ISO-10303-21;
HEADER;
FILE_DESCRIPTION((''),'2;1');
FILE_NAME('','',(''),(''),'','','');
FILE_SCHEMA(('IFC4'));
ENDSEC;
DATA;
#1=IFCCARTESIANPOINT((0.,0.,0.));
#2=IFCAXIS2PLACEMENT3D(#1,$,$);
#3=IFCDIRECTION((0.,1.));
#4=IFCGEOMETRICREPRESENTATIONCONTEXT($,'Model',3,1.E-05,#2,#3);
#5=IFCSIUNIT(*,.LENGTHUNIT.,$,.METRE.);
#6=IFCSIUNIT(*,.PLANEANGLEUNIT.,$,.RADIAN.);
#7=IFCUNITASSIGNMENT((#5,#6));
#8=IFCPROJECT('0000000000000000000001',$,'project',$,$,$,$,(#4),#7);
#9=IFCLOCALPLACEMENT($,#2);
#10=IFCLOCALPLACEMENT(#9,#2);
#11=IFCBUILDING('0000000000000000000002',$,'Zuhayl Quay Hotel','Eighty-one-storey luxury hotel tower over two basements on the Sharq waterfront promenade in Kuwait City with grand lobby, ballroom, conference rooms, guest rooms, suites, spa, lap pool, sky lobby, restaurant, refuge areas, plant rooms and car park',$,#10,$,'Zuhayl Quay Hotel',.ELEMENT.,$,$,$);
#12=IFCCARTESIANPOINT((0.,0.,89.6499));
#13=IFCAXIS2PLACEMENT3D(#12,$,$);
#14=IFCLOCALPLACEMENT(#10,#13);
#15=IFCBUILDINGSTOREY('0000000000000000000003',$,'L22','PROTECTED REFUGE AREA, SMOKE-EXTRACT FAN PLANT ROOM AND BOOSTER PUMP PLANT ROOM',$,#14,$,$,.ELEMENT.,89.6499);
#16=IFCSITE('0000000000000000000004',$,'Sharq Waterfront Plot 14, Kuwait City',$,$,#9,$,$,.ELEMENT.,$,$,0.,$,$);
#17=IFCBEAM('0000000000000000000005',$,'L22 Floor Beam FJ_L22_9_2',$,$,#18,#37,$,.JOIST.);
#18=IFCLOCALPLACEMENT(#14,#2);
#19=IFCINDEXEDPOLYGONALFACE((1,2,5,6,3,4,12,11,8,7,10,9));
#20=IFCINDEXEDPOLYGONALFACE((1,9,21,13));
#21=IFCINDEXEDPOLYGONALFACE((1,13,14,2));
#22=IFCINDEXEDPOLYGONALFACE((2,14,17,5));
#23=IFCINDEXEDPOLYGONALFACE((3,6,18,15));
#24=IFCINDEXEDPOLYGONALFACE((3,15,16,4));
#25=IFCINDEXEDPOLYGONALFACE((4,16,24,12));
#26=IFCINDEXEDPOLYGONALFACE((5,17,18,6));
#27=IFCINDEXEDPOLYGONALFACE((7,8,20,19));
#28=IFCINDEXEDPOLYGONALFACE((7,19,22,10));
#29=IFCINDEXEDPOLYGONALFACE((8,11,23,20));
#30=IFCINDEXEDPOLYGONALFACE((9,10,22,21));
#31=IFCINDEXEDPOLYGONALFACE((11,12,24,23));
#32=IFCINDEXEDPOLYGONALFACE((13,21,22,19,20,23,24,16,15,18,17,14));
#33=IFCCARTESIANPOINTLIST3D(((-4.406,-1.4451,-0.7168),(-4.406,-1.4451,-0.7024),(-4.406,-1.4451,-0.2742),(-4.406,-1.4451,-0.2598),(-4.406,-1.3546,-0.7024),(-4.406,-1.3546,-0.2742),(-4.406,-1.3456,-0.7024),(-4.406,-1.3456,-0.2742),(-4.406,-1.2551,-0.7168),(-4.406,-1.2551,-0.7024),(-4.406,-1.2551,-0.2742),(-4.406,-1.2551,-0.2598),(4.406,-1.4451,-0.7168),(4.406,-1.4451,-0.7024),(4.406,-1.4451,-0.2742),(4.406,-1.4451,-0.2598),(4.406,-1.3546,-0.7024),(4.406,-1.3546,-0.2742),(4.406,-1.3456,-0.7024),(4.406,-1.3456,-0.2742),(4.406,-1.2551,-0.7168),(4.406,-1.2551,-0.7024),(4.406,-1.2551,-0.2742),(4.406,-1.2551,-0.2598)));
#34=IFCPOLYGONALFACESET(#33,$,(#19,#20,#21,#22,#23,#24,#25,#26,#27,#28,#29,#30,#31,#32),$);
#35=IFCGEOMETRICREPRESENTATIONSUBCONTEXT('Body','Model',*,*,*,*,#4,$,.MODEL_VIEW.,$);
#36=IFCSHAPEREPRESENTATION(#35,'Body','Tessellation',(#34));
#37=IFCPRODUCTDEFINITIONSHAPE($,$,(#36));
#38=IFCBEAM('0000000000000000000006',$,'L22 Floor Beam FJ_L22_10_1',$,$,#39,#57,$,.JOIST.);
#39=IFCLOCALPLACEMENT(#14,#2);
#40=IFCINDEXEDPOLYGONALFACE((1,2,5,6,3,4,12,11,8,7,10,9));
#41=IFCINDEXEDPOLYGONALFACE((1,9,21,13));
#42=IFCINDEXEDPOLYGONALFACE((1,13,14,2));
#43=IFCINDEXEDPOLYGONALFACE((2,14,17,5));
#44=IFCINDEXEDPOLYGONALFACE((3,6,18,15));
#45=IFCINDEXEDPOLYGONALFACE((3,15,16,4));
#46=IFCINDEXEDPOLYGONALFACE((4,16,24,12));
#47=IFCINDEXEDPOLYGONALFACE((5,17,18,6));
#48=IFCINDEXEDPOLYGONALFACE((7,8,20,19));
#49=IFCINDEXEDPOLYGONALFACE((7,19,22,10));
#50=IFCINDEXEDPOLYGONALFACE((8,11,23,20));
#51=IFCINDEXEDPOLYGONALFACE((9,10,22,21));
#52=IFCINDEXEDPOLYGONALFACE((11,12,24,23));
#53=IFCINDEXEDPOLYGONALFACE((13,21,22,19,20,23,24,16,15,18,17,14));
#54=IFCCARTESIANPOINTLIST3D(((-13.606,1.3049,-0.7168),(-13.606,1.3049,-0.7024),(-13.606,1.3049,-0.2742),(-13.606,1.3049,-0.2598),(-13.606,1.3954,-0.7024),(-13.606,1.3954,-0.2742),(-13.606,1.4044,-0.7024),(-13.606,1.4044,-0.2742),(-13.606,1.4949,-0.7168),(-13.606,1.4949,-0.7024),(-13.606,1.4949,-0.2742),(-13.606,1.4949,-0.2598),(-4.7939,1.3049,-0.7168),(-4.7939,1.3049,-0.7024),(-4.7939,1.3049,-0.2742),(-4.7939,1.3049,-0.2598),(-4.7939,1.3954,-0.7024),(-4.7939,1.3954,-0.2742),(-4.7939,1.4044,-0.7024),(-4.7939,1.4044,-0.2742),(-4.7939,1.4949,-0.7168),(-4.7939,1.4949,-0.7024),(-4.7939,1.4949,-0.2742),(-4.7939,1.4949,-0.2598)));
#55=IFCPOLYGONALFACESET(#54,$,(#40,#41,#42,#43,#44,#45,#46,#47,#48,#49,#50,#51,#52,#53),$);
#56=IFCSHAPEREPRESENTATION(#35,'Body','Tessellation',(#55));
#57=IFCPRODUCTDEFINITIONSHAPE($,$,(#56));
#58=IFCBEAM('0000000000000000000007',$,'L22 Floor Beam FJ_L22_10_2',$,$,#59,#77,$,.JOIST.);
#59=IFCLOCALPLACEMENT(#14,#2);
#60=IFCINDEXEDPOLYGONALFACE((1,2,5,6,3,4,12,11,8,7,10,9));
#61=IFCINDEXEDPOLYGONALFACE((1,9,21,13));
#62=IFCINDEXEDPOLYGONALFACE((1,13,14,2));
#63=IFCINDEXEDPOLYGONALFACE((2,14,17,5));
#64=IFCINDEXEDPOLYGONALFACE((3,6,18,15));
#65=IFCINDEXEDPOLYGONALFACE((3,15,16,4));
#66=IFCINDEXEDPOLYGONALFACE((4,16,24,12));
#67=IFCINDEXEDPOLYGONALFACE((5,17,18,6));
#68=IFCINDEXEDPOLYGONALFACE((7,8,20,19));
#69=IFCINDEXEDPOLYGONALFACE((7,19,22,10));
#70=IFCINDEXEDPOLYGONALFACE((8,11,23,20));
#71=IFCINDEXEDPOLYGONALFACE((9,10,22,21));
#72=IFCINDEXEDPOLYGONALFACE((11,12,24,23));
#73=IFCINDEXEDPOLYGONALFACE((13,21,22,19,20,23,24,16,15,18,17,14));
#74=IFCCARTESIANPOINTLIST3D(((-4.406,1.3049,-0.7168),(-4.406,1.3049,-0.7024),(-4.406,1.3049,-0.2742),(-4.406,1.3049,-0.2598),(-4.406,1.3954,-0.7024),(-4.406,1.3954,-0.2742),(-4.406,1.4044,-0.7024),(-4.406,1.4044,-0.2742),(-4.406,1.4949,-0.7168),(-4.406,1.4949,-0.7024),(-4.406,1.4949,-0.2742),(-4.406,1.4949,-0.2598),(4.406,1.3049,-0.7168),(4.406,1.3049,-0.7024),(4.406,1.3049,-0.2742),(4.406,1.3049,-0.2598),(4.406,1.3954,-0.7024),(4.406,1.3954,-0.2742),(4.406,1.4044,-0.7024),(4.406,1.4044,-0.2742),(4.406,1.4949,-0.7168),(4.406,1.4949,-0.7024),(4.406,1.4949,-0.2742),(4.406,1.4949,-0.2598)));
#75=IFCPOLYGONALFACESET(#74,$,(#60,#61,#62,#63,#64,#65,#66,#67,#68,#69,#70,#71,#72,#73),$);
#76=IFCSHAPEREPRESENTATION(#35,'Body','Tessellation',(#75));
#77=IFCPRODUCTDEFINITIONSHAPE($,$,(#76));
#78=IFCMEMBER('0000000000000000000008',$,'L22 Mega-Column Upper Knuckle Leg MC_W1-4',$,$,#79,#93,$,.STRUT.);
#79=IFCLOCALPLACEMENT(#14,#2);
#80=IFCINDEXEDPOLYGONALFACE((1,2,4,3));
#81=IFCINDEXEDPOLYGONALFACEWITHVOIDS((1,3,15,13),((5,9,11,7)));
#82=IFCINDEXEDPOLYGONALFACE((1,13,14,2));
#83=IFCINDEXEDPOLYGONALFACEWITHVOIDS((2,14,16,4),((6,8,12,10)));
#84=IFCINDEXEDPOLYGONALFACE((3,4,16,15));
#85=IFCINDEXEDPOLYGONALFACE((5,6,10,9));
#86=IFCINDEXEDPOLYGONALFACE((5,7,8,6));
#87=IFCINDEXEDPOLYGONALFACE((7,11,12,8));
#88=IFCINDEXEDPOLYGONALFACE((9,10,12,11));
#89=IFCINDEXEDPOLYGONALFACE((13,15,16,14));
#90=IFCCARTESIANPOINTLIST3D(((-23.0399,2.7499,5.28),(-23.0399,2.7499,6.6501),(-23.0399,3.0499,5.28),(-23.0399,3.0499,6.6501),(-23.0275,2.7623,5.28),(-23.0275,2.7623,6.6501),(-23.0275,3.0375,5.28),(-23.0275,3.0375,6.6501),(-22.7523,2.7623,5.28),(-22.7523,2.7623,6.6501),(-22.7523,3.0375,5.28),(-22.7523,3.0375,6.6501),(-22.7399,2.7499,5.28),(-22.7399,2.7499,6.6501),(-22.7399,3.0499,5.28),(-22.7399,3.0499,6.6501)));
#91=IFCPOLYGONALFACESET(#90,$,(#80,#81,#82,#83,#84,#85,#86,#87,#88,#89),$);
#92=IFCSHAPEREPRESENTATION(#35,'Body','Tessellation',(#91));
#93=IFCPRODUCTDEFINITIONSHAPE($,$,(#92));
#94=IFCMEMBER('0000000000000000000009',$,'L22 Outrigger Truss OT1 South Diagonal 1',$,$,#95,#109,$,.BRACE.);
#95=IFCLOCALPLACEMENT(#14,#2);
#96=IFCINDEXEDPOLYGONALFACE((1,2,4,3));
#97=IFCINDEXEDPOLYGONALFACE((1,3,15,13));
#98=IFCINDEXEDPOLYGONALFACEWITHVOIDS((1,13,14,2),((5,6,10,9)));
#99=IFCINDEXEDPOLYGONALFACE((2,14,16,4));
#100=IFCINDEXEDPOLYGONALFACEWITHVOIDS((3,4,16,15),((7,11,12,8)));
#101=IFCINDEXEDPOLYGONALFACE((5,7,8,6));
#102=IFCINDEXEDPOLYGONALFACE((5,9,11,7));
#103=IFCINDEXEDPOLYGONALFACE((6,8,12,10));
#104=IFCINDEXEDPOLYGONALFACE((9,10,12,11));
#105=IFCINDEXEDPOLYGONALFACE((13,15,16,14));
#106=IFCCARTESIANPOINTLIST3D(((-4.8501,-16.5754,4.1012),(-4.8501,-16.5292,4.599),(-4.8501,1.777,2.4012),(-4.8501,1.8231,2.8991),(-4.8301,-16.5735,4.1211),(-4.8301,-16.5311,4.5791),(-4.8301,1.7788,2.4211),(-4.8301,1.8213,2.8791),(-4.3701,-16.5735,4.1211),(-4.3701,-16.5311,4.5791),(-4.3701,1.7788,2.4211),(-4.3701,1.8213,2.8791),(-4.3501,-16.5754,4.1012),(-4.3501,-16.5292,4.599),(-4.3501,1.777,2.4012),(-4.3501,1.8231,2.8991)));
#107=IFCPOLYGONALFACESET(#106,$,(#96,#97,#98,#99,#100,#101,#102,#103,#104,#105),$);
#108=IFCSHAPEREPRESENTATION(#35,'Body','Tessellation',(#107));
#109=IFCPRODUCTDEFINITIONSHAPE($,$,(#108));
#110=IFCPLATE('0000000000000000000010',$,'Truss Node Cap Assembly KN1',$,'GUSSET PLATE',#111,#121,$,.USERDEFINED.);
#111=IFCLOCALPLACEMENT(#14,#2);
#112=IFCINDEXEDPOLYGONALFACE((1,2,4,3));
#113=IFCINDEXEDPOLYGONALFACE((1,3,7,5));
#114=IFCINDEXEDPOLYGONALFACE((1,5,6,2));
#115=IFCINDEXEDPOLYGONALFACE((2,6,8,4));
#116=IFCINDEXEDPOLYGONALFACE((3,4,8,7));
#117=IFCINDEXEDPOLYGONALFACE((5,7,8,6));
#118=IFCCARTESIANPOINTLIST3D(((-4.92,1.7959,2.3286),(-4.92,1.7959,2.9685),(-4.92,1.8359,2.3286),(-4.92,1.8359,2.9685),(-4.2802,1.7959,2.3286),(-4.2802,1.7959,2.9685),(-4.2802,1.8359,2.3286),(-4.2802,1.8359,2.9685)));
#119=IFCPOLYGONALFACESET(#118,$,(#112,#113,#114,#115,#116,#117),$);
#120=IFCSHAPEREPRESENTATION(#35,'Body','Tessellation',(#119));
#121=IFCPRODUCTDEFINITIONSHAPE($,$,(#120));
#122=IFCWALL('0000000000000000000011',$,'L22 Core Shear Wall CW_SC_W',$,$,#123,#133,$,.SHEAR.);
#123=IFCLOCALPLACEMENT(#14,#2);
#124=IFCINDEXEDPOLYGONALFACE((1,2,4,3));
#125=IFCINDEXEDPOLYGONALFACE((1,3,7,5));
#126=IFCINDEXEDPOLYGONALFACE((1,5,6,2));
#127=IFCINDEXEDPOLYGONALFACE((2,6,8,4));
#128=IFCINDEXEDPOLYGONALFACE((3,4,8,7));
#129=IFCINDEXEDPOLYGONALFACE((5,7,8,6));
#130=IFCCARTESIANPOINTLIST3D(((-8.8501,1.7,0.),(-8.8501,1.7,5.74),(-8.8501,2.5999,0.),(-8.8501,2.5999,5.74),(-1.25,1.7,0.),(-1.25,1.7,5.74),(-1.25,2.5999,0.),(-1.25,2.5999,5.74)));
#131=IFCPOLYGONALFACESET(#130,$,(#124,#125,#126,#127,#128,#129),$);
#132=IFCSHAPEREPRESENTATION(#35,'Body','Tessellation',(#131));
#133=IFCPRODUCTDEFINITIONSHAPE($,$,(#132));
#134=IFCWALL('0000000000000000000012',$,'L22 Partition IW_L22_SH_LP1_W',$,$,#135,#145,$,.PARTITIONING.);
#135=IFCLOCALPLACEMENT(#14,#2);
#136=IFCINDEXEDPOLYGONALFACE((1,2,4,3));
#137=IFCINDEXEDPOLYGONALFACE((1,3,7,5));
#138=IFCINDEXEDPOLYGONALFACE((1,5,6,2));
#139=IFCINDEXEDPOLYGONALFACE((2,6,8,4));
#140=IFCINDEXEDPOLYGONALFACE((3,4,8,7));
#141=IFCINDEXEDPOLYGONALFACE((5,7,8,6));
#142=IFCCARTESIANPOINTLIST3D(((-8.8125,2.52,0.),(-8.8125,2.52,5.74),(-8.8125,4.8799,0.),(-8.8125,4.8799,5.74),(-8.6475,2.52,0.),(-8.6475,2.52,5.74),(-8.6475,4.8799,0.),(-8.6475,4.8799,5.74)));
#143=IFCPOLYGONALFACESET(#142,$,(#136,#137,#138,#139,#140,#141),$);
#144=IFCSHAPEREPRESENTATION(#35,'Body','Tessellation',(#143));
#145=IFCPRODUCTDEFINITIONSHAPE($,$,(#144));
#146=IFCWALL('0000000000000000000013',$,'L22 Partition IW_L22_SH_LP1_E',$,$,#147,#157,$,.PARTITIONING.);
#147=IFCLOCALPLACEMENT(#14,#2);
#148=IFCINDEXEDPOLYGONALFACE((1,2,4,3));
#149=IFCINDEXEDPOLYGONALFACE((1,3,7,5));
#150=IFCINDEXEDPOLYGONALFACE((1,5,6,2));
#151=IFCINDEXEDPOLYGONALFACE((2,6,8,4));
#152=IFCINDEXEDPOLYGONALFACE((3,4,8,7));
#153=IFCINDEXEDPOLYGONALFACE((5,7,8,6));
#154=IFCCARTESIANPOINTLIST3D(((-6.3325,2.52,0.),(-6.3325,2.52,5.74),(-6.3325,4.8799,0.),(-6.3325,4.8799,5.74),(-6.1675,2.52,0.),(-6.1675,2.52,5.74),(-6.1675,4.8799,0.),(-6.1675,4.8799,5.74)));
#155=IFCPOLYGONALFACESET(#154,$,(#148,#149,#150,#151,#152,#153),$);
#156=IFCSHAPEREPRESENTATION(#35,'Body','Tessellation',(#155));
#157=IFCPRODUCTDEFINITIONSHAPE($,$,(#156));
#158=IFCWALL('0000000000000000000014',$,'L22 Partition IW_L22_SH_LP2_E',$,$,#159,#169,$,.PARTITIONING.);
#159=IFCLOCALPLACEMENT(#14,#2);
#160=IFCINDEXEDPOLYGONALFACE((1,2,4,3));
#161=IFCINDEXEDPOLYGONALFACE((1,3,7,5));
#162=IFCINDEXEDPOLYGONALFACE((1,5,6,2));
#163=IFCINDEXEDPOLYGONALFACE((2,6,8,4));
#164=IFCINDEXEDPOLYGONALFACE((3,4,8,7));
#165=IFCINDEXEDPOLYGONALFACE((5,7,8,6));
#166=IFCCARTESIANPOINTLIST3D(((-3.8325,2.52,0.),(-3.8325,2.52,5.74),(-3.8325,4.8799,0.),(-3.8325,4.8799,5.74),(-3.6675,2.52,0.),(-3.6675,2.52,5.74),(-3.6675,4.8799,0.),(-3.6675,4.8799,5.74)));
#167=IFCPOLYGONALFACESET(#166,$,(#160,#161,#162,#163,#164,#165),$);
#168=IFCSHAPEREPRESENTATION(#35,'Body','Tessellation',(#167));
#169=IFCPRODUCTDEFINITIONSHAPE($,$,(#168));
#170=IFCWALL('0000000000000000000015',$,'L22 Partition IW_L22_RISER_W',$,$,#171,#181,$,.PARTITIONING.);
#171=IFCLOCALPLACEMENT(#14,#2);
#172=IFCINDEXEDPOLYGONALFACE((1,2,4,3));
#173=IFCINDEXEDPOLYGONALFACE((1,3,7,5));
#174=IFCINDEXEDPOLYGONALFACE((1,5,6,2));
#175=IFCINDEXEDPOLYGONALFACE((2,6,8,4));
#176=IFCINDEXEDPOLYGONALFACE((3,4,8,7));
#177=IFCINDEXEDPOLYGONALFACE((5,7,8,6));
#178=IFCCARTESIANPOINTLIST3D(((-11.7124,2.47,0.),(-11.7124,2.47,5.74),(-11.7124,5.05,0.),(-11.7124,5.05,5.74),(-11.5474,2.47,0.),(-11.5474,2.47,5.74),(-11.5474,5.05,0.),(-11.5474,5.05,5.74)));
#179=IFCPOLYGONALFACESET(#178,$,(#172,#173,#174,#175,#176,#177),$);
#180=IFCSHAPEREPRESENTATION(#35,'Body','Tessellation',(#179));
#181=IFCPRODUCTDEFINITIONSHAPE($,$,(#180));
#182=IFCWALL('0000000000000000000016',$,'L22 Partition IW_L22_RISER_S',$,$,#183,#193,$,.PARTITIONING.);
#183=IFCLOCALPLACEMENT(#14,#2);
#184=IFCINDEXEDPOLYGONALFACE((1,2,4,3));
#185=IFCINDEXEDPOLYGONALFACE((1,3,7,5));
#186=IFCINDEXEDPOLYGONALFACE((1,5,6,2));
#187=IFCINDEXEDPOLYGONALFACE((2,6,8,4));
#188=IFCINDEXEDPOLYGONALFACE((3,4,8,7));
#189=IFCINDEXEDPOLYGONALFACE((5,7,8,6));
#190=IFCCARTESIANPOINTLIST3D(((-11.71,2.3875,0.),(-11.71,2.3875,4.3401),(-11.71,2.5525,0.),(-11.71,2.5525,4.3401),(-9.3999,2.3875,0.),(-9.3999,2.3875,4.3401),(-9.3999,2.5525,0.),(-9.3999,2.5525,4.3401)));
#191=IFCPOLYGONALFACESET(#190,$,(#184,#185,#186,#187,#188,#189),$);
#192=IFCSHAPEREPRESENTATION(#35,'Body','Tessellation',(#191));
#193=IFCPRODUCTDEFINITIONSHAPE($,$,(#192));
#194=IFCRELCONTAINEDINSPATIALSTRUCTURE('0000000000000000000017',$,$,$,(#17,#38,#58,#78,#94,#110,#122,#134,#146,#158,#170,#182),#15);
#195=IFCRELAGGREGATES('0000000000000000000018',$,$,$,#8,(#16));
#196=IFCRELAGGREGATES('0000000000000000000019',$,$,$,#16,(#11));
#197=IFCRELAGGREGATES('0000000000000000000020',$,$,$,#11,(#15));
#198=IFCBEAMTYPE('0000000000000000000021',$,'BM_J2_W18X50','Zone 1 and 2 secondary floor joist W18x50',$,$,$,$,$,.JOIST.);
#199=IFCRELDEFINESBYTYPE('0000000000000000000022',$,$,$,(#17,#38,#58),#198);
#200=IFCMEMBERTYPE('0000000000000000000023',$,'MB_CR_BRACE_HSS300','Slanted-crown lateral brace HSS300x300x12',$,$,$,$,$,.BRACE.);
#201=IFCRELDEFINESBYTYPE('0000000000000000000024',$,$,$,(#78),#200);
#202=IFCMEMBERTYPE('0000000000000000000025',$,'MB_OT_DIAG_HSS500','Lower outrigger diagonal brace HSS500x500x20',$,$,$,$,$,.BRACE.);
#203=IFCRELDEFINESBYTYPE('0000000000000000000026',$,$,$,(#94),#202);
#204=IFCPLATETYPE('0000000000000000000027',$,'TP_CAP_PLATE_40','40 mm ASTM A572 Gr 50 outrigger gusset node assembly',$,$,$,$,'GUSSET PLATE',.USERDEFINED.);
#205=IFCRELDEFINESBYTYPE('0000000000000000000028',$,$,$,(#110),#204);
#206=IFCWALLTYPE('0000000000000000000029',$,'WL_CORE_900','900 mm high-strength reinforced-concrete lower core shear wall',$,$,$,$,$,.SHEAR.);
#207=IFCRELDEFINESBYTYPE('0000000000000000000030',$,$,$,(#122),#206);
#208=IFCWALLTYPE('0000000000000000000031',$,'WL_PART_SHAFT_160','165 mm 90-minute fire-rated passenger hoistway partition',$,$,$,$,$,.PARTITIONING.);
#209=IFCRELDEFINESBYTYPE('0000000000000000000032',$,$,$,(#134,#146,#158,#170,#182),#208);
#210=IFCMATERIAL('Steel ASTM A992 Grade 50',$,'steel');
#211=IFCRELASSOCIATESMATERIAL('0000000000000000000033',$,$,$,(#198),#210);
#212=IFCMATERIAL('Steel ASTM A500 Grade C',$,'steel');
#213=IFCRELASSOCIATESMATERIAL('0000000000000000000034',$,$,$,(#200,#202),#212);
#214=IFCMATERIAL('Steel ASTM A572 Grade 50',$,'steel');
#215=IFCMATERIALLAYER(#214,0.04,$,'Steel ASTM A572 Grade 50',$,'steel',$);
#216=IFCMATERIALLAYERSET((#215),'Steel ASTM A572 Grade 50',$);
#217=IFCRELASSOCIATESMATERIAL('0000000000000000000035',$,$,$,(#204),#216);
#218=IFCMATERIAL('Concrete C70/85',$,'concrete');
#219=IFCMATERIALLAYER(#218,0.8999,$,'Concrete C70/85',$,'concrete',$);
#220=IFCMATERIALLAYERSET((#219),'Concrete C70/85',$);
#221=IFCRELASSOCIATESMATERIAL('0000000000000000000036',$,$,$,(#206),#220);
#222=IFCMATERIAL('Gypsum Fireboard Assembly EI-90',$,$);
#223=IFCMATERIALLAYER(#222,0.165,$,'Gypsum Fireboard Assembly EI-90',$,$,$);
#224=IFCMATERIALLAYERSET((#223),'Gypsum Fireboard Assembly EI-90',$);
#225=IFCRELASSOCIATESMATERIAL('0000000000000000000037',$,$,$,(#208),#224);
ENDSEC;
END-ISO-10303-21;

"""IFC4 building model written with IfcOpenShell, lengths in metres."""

from ifc_helpers import new_model, si_unit, direction, frame, frame_2d, origin, origin_2d, place, context, subcontext, project, spatial, rectangle, hollow_rectangle, i_section, extrude, material, layer, layer_set, material_profile, profile_set, type_object, element, save


model = new_model("IFC4")

# Units and contexts
model_context = context("Model", 3, precision=1e-05, world=origin(), true_north=direction((0.0, 1.0)))
body_context = subcontext(model_context, "Body", "Model", "MODEL_VIEW")
ifc_project = project(units=[si_unit("LENGTHUNIT", "METRE"), si_unit("PLANEANGLEUNIT", "RADIAN")], contexts=[model_context])

# Site, building, storey
site_placement = place(None, origin())
site = spatial("IfcSite", under=ifc_project, at=site_placement, Name="Sharq Waterfront Plot 14, Kuwait City", CompositionType="ELEMENT", RefElevation=0.0)
building_placement = place(site_placement, origin())
building = spatial("IfcBuilding", under=site, at=building_placement, Name="Zuhayl Quay Hotel", Description="Eighty-one-storey luxury hotel tower over two basements on the Sharq waterfront promenade in Kuwait City with grand lobby, ballroom, conference rooms, guest rooms, suites, spa, lap pool, sky lobby, restaurant, refuge areas, plant rooms and car park", LongName="Zuhayl Quay Hotel", CompositionType="ELEMENT")
storey_placement = place(building_placement, frame((0.0, 0.0, 89.6499)))
storey = spatial("IfcBuildingStorey", under=building, at=storey_placement, Name="L22", Description="PROTECTED REFUGE AREA, SMOKE-EXTRACT FAN PLANT ROOM AND BOOSTER PUMP PLANT ROOM", CompositionType="ELEMENT", Elevation=89.6499)

# Shared definitions
ifc_material_1 = material(Name="Concrete C70/85", Category="concrete")

# Beams
ifc_material_2 = material(Name="Steel ASTM A992 Grade 50", Category="steel")
ifc_material_profile_1 = material_profile(ifc_material_2, i_section(OverallWidth=0.1899, OverallDepth=0.457, WebThickness=0.009, FlangeThickness=0.0144, at=origin_2d()), Name="W18X50")
ifc_profile_set_1 = profile_set([ifc_material_profile_1], Name="Steel ASTM A992 Grade 50")
beam_type_1 = type_object("IfcBeamType", Name="BM_J2_W18X50", Description="Zone 1 and 2 secondary floor joist W18x50", PredefinedType="JOIST", material=ifc_profile_set_1)
for number, where, z_axis, x_axis, name in (
    (1, (-4.406, -1.3501, -0.4883), (1.0, 0.0, 0.0), (0.0, 1.0, 0.0), "L22 Floor Beam FJ_L22_9_2"),
    (2, (-13.606, 1.3999, -0.4883), (1.0, 0.0, 0.0), (0.0, 1.0, 0.0), "L22 Floor Beam FJ_L22_10_1"),
    (3, (-4.406, 1.3999, -0.4883), (1.0, 0.0, 0.0), (0.0, 1.0, 0.0), "L22 Floor Beam FJ_L22_10_2"),
):
    element("IfcBeam", number, at=place(storey_placement, frame(where, z_axis=z_axis, x_axis=x_axis)), inside=storey, type_object=beam_type_1, Name=name, PredefinedType="JOIST", context=body_context, shape_type="SweptSolid", body=[
        extrude(i_section(OverallWidth=0.1899, OverallDepth=0.457, WebThickness=0.009, FlangeThickness=0.0144, at=origin_2d()), origin(), (0.0, 0.0, 1.0), 8.812),
    ])

# Members
ifc_material_3 = material(Name="Steel ASTM A500 Grade C", Category="steel")
ifc_material_profile_2 = material_profile(ifc_material_3, hollow_rectangle(XDim=0.3, YDim=0.3, WallThickness=0.0125, at=origin_2d()), Name="HSS300X300X12")
ifc_profile_set_2 = profile_set([ifc_material_profile_2], Name="Steel ASTM A500 Grade C")
member_type_1 = type_object("IfcMemberType", Name="MB_CR_BRACE_HSS300", Description="Slanted-crown lateral brace HSS300x300x12", PredefinedType="BRACE", material=ifc_profile_set_2)
member_1_placement = place(storey_placement, frame((-22.8899, 2.8999, 5.28), z_axis=(0.0, 0.0, 1.0), x_axis=(1.0, 0.0, 0.0)))
element("IfcMember", 4, at=member_1_placement, inside=storey, type_object=member_type_1, Name="L22 Mega-Column Upper Knuckle Leg MC_W1-4", PredefinedType="STRUT", context=body_context, shape_type="SweptSolid", body=[
    extrude(hollow_rectangle(XDim=0.3, YDim=0.3, WallThickness=0.0125, at=origin_2d()), origin(), (0.0, 0.0, 1.0), 1.3701),
])
ifc_material_profile_3 = material_profile(ifc_material_3, hollow_rectangle(XDim=0.5, YDim=0.5, WallThickness=0.02, at=origin_2d()), Name="HSS500X500X20")
ifc_profile_set_3 = profile_set([ifc_material_profile_3], Name="Steel ASTM A500 Grade C")
member_type_2 = type_object("IfcMemberType", Name="MB_OT_DIAG_HSS500", Description="Lower outrigger diagonal brace HSS500x500x20", PredefinedType="BRACE", material=ifc_profile_set_3)
member_2_placement = place(storey_placement, frame((-4.6001, 1.8, 2.6501), z_axis=(0.0, -0.995737, 0.092234), x_axis=(1.0, 0.0, 0.0)))
element("IfcMember", 5, at=member_2_placement, inside=storey, type_object=member_type_2, Name="L22 Outrigger Truss OT1 South Diagonal 1", PredefinedType="BRACE", context=body_context, shape_type="SweptSolid", body=[
    extrude(hollow_rectangle(XDim=0.5, YDim=0.5, WallThickness=0.02, at=origin_2d()), origin(), (0.0, 0.0, 1.0), 18.4309),
])

# Plate
ifc_material_4 = material(Name="Steel ASTM A572 Grade 50", Category="steel")
ifc_layer_1 = layer(ifc_material_4, 0.04, Name="Steel ASTM A572 Grade 50", Category="steel")
ifc_layer_set_1 = layer_set([ifc_layer_1], Name="Steel ASTM A572 Grade 50")
plate_type = type_object("IfcPlateType", Name="TP_CAP_PLATE_40", Description="40 mm ASTM A572 Gr 50 outrigger gusset node assembly", ElementType="GUSSET PLATE", PredefinedType="USERDEFINED", material=ifc_layer_set_1)
plate_placement = place(storey_placement, frame((-4.6001, 1.8159, 2.3286), z_axis=(0.0, 0.0, 1.0), x_axis=(0.0, 1.0, 0.0)))
element("IfcPlate", 6, at=plate_placement, inside=storey, type_object=plate_type, Name="Truss Node Cap Assembly KN1", ObjectType="GUSSET PLATE", PredefinedType="USERDEFINED", context=body_context, shape_type="SweptSolid", body=[
    extrude(rectangle(XDim=0.04, YDim=0.6399, at=origin_2d()), origin(), (0.0, 0.0, 1.0), 0.6399),
])

# Walls
ifc_layer_2 = layer(ifc_material_1, 0.8999, Name="Concrete C70/85", Category="concrete")
ifc_layer_set_2 = layer_set([ifc_layer_2], Name="Concrete C70/85")
wall_type_1 = type_object("IfcWallType", Name="WL_CORE_900", Description="900 mm high-strength reinforced-concrete lower core shear wall", PredefinedType="SHEAR", material=ifc_layer_set_2)
wall_1_placement = place(storey_placement, frame((-8.8501, 2.1499, 0.0), z_axis=(0.0, 0.0, 1.0), x_axis=(1.0, 0.0, 0.0)))
element("IfcWall", 7, at=wall_1_placement, inside=storey, type_object=wall_type_1, Name="L22 Core Shear Wall CW_SC_W", PredefinedType="SHEAR", context=body_context, shape_type="SweptSolid", body=[
    extrude(rectangle(XDim=7.6001, YDim=0.8999, at=frame_2d((3.8, 0.0))), origin(), (0.0, 0.0, 1.0), 5.74),
])
ifc_material_5 = material(Name="Gypsum Fireboard Assembly EI-90")
ifc_layer_3 = layer(ifc_material_5, 0.165, Name="Gypsum Fireboard Assembly EI-90")
ifc_layer_set_3 = layer_set([ifc_layer_3], Name="Gypsum Fireboard Assembly EI-90")
wall_type_2 = type_object("IfcWallType", Name="WL_PART_SHAFT_160", Description="165 mm 90-minute fire-rated passenger hoistway partition", PredefinedType="PARTITIONING", material=ifc_layer_set_3)
for number, where, z_axis, x_axis, name in (
    (8, (-8.73, 2.52, 0.0), (0.0, 0.0, 1.0), (0.0, 1.0, 0.0), "L22 Partition IW_L22_SH_LP1_W"),
    (9, (-6.25, 2.52, 0.0), (0.0, 0.0, 1.0), (0.0, 1.0, 0.0), "L22 Partition IW_L22_SH_LP1_E"),
    (10, (-3.75, 2.52, 0.0), (0.0, 0.0, 1.0), (0.0, 1.0, 0.0), "L22 Partition IW_L22_SH_LP2_E"),
):
    element("IfcWall", number, at=place(storey_placement, frame(where, z_axis=z_axis, x_axis=x_axis)), inside=storey, type_object=wall_type_2, Name=name, PredefinedType="PARTITIONING", context=body_context, shape_type="SweptSolid", body=[
        extrude(rectangle(XDim=2.3599, YDim=0.165, at=frame_2d((1.1799, 0.0))), origin(), (0.0, 0.0, 1.0), 5.74),
    ])
wall_2_placement = place(storey_placement, frame((-11.6299, 2.47, 0.0), z_axis=(0.0, 0.0, 1.0), x_axis=(0.0, 1.0, 0.0)))
element("IfcWall", 11, at=wall_2_placement, inside=storey, type_object=wall_type_2, Name="L22 Partition IW_L22_RISER_W", PredefinedType="PARTITIONING", context=body_context, shape_type="SweptSolid", body=[
    extrude(rectangle(XDim=2.5801, YDim=0.165, at=frame_2d((1.29, 0.0))), origin(), (0.0, 0.0, 1.0), 5.74),
])
wall_3_placement = place(storey_placement, frame((-11.71, 2.47, 0.0), z_axis=(0.0, 0.0, 1.0), x_axis=(1.0, 0.0, 0.0)))
element("IfcWall", 12, at=wall_3_placement, inside=storey, type_object=wall_type_2, Name="L22 Partition IW_L22_RISER_S", PredefinedType="PARTITIONING", context=body_context, shape_type="SweptSolid", body=[
    extrude(rectangle(XDim=2.3101, YDim=0.165, at=frame_2d((1.155, 0.0))), origin(), (0.0, 0.0, 1.0), 4.3401),
])

save(model, "model.ifc")
